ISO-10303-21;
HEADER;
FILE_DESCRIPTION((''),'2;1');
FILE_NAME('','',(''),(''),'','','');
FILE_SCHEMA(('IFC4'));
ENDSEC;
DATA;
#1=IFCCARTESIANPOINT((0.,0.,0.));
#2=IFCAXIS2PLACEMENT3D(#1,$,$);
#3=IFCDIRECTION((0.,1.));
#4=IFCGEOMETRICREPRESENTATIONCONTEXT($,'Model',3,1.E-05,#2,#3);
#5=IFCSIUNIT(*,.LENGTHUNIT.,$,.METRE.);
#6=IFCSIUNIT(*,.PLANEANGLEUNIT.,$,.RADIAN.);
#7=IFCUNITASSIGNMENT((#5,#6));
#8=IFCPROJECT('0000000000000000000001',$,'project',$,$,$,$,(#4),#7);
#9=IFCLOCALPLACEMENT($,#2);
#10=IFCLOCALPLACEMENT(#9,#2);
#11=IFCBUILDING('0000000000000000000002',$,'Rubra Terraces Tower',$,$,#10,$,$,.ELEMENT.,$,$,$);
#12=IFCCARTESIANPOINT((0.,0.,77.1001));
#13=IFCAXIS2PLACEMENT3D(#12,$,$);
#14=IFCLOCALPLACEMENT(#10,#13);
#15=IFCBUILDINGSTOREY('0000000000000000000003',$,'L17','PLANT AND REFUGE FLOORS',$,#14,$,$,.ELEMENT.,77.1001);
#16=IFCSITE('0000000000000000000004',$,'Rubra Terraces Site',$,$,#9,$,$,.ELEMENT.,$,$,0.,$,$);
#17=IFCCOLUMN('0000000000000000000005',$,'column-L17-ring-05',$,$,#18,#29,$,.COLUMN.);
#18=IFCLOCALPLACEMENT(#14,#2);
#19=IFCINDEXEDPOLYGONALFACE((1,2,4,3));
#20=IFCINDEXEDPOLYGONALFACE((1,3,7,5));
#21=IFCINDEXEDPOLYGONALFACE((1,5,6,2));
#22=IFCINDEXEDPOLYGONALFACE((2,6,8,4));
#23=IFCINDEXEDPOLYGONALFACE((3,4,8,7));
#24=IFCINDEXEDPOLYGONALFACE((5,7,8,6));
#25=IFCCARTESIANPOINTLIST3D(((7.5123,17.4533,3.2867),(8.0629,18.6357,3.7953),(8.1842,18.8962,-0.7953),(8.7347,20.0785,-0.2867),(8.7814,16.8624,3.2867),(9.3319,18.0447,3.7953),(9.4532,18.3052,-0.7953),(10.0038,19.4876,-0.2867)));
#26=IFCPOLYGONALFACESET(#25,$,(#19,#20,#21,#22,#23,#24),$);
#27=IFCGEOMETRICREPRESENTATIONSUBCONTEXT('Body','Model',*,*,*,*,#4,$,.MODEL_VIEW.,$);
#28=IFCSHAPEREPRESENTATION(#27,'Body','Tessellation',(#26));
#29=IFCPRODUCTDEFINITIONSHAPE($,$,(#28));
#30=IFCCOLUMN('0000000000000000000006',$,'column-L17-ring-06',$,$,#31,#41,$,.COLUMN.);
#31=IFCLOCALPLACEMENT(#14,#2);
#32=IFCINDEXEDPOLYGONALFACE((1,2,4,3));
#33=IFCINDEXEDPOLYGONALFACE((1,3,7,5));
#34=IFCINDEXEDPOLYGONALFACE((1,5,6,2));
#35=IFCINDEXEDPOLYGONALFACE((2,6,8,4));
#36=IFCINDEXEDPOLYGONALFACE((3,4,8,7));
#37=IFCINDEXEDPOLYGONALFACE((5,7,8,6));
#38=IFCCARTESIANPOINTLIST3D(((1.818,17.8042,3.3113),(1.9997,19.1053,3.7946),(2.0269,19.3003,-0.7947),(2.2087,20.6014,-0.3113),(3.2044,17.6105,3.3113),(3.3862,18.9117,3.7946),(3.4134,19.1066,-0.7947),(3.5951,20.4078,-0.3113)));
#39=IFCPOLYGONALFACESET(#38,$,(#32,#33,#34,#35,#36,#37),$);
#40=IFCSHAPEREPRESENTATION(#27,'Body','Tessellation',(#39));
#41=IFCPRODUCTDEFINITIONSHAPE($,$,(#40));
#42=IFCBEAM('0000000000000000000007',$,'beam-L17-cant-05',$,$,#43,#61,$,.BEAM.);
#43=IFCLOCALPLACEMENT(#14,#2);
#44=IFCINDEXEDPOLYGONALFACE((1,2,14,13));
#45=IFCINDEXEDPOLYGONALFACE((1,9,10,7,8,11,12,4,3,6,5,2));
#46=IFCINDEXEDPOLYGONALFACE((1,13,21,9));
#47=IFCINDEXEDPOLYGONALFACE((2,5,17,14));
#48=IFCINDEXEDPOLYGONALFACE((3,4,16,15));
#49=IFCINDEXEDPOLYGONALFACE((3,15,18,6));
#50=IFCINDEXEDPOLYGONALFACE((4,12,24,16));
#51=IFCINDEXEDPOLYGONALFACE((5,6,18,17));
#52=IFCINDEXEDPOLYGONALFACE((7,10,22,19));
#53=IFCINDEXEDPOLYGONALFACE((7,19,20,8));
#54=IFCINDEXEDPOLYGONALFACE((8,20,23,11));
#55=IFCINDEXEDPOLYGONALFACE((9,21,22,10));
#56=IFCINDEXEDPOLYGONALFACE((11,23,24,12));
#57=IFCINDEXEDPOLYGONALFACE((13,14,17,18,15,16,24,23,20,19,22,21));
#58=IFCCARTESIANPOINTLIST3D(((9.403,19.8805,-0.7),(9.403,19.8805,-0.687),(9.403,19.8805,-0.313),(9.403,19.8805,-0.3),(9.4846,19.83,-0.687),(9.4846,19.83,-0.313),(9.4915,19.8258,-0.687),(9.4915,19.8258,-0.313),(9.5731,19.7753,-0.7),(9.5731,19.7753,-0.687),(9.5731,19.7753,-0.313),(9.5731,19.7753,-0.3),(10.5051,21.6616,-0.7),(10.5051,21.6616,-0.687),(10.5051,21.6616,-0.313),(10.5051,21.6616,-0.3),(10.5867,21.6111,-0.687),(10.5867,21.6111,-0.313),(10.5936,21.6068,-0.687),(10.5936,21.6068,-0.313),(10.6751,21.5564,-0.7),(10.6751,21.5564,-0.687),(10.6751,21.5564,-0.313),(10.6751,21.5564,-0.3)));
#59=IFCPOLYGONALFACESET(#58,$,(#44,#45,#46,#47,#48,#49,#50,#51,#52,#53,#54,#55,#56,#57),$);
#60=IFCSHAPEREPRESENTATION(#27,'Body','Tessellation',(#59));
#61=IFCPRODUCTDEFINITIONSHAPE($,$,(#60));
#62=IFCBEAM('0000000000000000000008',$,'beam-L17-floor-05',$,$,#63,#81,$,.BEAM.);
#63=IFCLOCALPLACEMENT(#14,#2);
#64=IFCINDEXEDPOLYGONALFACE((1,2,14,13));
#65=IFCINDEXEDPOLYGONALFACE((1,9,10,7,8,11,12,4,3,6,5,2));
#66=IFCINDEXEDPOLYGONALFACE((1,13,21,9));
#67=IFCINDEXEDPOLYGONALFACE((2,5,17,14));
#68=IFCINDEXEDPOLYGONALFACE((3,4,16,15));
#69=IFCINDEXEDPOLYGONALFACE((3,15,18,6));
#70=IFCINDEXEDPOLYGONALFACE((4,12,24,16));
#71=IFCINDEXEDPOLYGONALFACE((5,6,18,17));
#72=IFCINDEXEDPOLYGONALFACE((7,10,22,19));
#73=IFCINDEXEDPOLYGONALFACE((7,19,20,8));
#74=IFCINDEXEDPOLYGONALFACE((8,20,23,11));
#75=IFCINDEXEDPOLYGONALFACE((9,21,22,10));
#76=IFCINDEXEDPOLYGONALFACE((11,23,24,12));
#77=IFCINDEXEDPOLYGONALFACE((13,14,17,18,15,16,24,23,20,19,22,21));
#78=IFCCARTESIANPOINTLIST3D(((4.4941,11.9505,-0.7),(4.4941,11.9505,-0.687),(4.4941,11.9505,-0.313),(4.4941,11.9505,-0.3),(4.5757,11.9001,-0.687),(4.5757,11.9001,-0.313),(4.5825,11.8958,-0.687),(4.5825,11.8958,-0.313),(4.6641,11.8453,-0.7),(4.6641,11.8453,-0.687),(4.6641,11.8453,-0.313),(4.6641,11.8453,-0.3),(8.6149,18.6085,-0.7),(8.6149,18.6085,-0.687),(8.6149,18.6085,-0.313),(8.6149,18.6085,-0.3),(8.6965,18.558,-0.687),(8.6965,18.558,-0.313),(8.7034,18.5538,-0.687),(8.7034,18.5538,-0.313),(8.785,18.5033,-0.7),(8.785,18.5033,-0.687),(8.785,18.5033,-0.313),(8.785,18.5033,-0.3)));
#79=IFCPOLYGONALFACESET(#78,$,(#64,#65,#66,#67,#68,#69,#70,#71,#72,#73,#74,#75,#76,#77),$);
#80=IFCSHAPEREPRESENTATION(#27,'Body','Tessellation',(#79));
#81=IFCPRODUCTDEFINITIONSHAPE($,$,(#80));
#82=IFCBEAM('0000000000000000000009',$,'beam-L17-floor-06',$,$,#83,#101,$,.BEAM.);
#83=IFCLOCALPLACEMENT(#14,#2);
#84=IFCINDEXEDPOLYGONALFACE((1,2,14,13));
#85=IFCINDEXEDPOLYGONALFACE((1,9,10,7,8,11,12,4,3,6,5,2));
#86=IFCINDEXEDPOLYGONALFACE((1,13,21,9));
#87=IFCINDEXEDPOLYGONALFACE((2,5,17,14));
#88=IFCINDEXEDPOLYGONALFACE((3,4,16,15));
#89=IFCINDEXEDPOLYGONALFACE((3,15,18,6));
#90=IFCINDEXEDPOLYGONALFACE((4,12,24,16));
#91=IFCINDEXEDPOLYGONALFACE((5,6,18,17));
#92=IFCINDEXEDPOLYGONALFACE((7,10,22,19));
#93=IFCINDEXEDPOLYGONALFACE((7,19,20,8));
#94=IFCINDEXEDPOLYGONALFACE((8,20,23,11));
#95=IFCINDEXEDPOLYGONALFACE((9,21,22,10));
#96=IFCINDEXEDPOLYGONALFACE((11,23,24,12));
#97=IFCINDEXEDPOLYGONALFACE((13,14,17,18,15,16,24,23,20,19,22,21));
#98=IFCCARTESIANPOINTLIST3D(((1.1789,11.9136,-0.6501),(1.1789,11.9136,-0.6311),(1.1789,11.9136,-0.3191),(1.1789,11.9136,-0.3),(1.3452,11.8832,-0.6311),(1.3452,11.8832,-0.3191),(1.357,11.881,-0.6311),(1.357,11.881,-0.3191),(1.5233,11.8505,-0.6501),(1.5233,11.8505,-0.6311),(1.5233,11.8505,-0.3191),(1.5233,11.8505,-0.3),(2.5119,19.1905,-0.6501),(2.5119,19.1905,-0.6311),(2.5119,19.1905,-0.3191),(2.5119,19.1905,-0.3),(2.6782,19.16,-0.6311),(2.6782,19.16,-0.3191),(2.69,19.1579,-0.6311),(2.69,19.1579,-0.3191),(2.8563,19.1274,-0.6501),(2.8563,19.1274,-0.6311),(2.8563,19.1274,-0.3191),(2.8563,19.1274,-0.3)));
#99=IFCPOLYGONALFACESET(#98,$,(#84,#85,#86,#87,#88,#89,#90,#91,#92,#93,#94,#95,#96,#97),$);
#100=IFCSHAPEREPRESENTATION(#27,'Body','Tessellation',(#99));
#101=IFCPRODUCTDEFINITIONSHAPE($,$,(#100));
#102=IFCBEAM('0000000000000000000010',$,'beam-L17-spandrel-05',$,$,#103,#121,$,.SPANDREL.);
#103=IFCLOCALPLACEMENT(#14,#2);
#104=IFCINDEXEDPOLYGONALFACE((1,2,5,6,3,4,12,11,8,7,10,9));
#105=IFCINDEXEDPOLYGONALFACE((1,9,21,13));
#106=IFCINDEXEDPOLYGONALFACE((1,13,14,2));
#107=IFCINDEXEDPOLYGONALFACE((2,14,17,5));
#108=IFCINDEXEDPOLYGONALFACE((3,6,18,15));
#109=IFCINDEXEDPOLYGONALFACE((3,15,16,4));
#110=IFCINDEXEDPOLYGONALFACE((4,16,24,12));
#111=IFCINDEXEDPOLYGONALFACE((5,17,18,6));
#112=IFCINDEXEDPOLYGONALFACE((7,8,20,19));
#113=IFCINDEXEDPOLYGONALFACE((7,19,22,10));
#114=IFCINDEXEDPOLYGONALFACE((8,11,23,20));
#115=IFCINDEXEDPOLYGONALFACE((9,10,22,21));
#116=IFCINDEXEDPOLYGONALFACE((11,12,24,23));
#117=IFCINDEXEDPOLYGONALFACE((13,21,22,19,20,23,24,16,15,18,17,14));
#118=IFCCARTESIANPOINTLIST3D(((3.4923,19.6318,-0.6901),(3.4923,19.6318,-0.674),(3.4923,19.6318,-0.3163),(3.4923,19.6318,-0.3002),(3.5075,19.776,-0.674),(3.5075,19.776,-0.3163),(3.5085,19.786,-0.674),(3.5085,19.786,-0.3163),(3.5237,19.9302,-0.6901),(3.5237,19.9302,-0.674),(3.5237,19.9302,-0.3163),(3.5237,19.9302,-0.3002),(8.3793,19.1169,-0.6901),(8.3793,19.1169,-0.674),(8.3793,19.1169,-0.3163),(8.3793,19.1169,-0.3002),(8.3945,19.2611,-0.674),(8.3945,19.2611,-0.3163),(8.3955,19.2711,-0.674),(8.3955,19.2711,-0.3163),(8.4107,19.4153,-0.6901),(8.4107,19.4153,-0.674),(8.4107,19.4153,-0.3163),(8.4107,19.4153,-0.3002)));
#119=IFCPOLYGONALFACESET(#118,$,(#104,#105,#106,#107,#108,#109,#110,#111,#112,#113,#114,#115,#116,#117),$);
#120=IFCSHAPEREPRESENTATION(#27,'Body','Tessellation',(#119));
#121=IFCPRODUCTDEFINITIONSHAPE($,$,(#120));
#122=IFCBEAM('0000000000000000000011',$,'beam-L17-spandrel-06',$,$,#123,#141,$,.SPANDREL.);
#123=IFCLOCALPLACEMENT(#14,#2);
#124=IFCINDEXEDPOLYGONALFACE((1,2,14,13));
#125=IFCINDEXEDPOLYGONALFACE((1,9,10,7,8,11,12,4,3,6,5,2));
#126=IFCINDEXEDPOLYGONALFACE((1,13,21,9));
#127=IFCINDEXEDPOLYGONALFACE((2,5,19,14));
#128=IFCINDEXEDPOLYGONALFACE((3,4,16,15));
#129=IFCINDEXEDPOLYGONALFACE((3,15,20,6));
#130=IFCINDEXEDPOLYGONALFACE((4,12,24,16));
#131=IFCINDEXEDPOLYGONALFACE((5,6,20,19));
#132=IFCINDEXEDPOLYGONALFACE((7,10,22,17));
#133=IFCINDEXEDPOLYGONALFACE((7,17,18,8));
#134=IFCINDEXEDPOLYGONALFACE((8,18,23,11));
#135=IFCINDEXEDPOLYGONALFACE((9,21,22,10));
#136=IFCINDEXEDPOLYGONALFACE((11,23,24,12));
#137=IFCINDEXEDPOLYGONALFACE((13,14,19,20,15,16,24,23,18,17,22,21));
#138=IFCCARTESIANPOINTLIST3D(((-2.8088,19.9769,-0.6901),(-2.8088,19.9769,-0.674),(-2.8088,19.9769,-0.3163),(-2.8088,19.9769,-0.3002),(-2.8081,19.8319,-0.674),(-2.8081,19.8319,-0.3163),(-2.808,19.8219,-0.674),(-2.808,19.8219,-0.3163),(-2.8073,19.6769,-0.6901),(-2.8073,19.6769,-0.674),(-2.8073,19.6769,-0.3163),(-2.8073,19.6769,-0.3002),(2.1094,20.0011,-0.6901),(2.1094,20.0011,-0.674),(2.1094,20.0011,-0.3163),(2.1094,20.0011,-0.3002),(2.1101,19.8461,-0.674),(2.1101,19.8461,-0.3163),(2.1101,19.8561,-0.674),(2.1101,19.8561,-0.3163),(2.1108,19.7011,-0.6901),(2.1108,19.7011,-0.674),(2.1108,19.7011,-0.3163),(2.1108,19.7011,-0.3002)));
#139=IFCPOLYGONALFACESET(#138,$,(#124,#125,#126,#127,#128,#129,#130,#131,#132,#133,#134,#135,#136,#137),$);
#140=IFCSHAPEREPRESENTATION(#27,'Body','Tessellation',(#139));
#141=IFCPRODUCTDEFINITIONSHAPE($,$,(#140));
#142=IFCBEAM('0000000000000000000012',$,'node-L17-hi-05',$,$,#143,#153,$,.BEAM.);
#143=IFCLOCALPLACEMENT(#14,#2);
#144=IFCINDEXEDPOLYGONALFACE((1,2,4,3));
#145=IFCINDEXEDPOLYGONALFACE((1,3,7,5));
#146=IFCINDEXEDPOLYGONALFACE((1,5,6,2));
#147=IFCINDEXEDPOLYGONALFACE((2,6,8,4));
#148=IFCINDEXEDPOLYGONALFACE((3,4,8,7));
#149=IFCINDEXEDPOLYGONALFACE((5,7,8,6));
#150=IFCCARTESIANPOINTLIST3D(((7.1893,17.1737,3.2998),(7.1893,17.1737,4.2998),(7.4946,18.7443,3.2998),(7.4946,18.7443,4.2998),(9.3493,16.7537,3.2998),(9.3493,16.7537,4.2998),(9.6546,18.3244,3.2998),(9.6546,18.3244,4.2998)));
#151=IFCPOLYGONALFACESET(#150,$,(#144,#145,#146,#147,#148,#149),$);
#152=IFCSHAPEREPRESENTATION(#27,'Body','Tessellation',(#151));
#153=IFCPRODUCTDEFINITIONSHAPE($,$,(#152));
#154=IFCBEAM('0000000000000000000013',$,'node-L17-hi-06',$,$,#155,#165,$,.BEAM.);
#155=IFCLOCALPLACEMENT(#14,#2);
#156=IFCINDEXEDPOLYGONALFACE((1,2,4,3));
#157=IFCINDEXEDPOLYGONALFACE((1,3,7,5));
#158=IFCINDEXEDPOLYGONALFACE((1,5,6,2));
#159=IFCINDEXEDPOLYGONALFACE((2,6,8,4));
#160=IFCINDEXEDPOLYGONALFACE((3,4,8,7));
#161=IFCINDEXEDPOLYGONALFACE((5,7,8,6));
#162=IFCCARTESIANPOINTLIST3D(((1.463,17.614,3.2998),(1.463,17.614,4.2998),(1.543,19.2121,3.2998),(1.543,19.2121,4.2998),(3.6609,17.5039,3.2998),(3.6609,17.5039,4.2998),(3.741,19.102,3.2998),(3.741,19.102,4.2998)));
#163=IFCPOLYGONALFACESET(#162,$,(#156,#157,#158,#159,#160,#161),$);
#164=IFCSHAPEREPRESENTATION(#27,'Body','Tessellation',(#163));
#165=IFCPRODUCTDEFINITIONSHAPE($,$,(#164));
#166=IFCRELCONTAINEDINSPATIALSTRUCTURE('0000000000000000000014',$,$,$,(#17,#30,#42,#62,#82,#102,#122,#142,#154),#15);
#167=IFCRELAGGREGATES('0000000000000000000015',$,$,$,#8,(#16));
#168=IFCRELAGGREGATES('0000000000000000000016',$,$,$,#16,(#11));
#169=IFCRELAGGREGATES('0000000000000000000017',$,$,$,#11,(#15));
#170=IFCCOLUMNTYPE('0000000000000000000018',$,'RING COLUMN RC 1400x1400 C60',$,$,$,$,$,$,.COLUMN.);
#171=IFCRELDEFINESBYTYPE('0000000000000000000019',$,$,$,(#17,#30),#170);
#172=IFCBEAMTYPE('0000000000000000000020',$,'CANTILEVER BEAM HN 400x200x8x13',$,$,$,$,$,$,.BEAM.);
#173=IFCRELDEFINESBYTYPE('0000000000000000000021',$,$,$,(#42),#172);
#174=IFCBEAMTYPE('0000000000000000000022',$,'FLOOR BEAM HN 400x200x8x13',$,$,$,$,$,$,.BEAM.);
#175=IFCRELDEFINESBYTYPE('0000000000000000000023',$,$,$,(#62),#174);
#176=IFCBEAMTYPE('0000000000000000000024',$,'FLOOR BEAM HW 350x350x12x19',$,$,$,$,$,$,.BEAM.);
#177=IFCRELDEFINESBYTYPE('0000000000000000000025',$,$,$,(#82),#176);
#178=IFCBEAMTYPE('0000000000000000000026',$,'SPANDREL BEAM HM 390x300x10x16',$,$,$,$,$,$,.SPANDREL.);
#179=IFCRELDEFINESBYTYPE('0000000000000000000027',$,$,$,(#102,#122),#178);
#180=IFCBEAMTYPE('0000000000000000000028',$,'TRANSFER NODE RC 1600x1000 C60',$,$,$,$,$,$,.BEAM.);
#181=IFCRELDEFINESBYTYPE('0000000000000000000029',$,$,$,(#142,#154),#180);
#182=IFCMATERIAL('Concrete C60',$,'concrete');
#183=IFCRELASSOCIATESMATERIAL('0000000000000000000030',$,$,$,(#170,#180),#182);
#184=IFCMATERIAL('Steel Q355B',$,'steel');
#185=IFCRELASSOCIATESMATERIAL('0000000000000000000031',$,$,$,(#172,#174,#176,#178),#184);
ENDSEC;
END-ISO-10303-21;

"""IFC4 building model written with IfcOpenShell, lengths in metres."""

from ifc_helpers import new_model, si_unit, direction, frame, origin, origin_2d, place, context, subcontext, project, spatial, rectangle, i_section, extrude, material, material_profile, profile_set, type_object, element, save


model = new_model("IFC4")

# Units and contexts
model_context = context("Model", 3, precision=1e-05, world=origin(), true_north=direction((0.0, 1.0)))
body_context = subcontext(model_context, "Body", "Model", "MODEL_VIEW")
ifc_project = project(units=[si_unit("LENGTHUNIT", "METRE"), si_unit("PLANEANGLEUNIT", "RADIAN")], contexts=[model_context])

# Site, building, storey
site_placement = place(None, origin())
site = spatial("IfcSite", under=ifc_project, at=site_placement, Name="Rubra Terraces Site", CompositionType="ELEMENT", RefElevation=0.0)
building_placement = place(site_placement, origin())
building = spatial("IfcBuilding", under=site, at=building_placement, Name="Rubra Terraces Tower", CompositionType="ELEMENT")
storey_placement = place(building_placement, frame((0.0, 0.0, 77.1001)))
storey = spatial("IfcBuildingStorey", under=building, at=storey_placement, Name="L17", Description="PLANT AND REFUGE FLOORS", CompositionType="ELEMENT", Elevation=77.1001)

# Columns
ifc_material_1 = material(Name="Concrete C60", Category="concrete")
ifc_material_profile_1 = material_profile(ifc_material_1, rectangle(XDim=1.3999, YDim=1.3999, at=origin_2d()), Name="RC 1400x1400")
ifc_profile_set_1 = profile_set([ifc_material_profile_1], Name="Concrete C60")
column_type = type_object("IfcColumnType", Name="RING COLUMN RC 1400x1400 C60", PredefinedType="COLUMN", material=ifc_profile_set_1)
column_1_placement = place(storey_placement, frame((9.094, 19.1919, -0.541), z_axis=(-0.153349, -0.329321, 0.931682), x_axis=(0.906536, -0.42213, 0.0)))
element("IfcColumn", 1, at=column_1_placement, inside=storey, type_object=column_type, Name="column-L17-ring-05", PredefinedType="COLUMN", context=body_context, shape_type="SweptSolid", body=[
    extrude(rectangle(XDim=1.3999, YDim=1.3999, at=origin_2d()), origin(), (0.0, 0.0, 1.0), 4.3813),
])
column_2_placement = place(storey_placement, frame((2.811, 19.854, -0.553), z_axis=(-0.047768, -0.341962, 0.938499), x_axis=(0.990384, -0.138343, 0.0)))
element("IfcColumn", 2, at=column_2_placement, inside=storey, type_object=column_type, Name="column-L17-ring-06", PredefinedType="COLUMN", context=body_context, shape_type="SweptSolid", body=[
    extrude(rectangle(XDim=1.3999, YDim=1.3999, at=origin_2d()), origin(), (0.0, 0.0, 1.0), 4.375),
])

# Beams
ifc_material_2 = material(Name="Steel Q355B", Category="steel")
ifc_material_profile_2 = material_profile(ifc_material_2, i_section(OverallWidth=0.2, OverallDepth=0.3999, WebThickness=0.0081, FlangeThickness=0.0129, at=origin_2d()), Name="HN 400x200x8x13")
ifc_profile_set_2 = profile_set([ifc_material_profile_2], Name="Steel Q355B")
beam_type_1 = type_object("IfcBeamType", Name="CANTILEVER BEAM HN 400x200x8x13", PredefinedType="BEAM", material=ifc_profile_set_2)
beam_1_placement = place(storey_placement, frame((9.488, 19.8279, -0.5), z_axis=(0.52619, 0.850367, 0.0), x_axis=(-0.850367, 0.52619, 0.0)))
element("IfcBeam", 3, at=beam_1_placement, inside=storey, type_object=beam_type_1, Name="beam-L17-cant-05", PredefinedType="BEAM", context=body_context, shape_type="SweptSolid", body=[
    extrude(i_section(OverallWidth=0.2, OverallDepth=0.3999, WebThickness=0.0081, FlangeThickness=0.0129, at=origin_2d()), origin(), (0.0, 0.0, 1.0), 2.0945),
])
ifc_material_profile_3 = material_profile(ifc_material_2, i_section(OverallWidth=0.2, OverallDepth=0.3999, WebThickness=0.0081, FlangeThickness=0.0129, at=origin_2d()), Name="HN 400x200x8x13")
ifc_profile_set_3 = profile_set([ifc_material_profile_3], Name="Steel Q355B")
beam_type_2 = type_object("IfcBeamType", Name="FLOOR BEAM HN 400x200x8x13", PredefinedType="BEAM", material=ifc_profile_set_3)
beam_2_placement = place(storey_placement, frame((8.7, 18.5559, -0.5), z_axis=(-0.526286, -0.850308, 0.0), x_axis=(0.850308, -0.526286, 0.0)))
element("IfcBeam", 4, at=beam_2_placement, inside=storey, type_object=beam_type_2, Name="beam-L17-floor-05", PredefinedType="BEAM", context=body_context, shape_type="SweptSolid", body=[
    extrude(i_section(OverallWidth=0.2, OverallDepth=0.3999, WebThickness=0.0081, FlangeThickness=0.0129, at=origin_2d()), origin(), (0.0, 0.0, 1.0), 7.8301),
])
ifc_material_profile_4 = material_profile(ifc_material_2, i_section(OverallWidth=0.3501, OverallDepth=0.3501, WebThickness=0.012, FlangeThickness=0.019, at=origin_2d()), Name="HW 350x350x12x19")
ifc_profile_set_4 = profile_set([ifc_material_profile_4], Name="Steel Q355B")
beam_type_3 = type_object("IfcBeamType", Name="FLOOR BEAM HW 350x350x12x19", PredefinedType="BEAM", material=ifc_profile_set_4)
beam_3_placement = place(storey_placement, frame((2.6841, 19.1589, -0.4751), z_axis=(-0.180186, -0.983632, 0.0), x_axis=(0.983632, -0.180186, 0.0)))
element("IfcBeam", 5, at=beam_3_placement, inside=storey, type_object=beam_type_3, Name="beam-L17-floor-06", PredefinedType="BEAM", context=body_context, shape_type="SweptSolid", body=[
    extrude(i_section(OverallWidth=0.3501, OverallDepth=0.3501, WebThickness=0.012, FlangeThickness=0.019, at=origin_2d()), origin(), (0.0, 0.0, 1.0), 7.3979),
])
ifc_material_profile_5 = material_profile(ifc_material_2, i_section(OverallWidth=0.3, OverallDepth=0.3899, WebThickness=0.01, FlangeThickness=0.0161, at=origin_2d()), Name="HM 390x300x10x16")
ifc_profile_set_5 = profile_set([ifc_material_profile_5], Name="Steel Q355B")
beam_type_4 = type_object("IfcBeamType", Name="SPANDREL BEAM HM 390x300x10x16", PredefinedType="SPANDREL", material=ifc_profile_set_5)
beam_4_placement = place(storey_placement, frame((8.395, 19.2661, -0.4951), z_axis=(-0.994495, 0.10478, 0.0), x_axis=(-0.10478, -0.994495, 0.0)))
element("IfcBeam", 6, at=beam_4_placement, inside=storey, type_object=beam_type_4, Name="beam-L17-spandrel-05", PredefinedType="SPANDREL", context=body_context, shape_type="SweptSolid", body=[
    extrude(i_section(OverallWidth=0.3, OverallDepth=0.3899, WebThickness=0.01, FlangeThickness=0.0161, at=origin_2d()), origin(), (0.0, 0.0, 1.0), 4.9141),
])
beam_5_placement = place(storey_placement, frame((2.1101, 19.8511, -0.4951), z_axis=(-0.999988, -0.004914, 0.0), x_axis=(0.004914, -0.999988, 0.0)))
element("IfcBeam", 7, at=beam_5_placement, inside=storey, type_object=beam_type_4, Name="beam-L17-spandrel-06", PredefinedType="SPANDREL", context=body_context, shape_type="SweptSolid", body=[
    extrude(i_section(OverallWidth=0.3, OverallDepth=0.3899, WebThickness=0.01, FlangeThickness=0.0161, at=origin_2d()), origin(), (0.0, 0.0, 1.0), 4.9182),
])
ifc_material_profile_6 = material_profile(ifc_material_1, rectangle(XDim=1.6001, YDim=1.0, at=origin_2d()), Name="RC 1600x1000")
ifc_profile_set_6 = profile_set([ifc_material_profile_6], Name="Concrete C60")
beam_type_5 = type_object("IfcBeamType", Name="TRANSFER NODE RC 1600x1000 C60", PredefinedType="BEAM", material=ifc_profile_set_6)
beam_6_placement = place(storey_placement, frame((9.502, 17.5391, 3.7998), z_axis=(-0.981621, 0.190843, 0.0), x_axis=(-0.190843, -0.981621, 0.0)))
element("IfcBeam", 8, at=beam_6_placement, inside=storey, type_object=beam_type_5, Name="node-L17-hi-05", PredefinedType="BEAM", context=body_context, shape_type="SweptSolid", body=[
    extrude(rectangle(XDim=1.6001, YDim=1.0, at=origin_2d()), origin(), (0.0, 0.0, 1.0), 2.2004),
])
beam_7_placement = place(storey_placement, frame((3.7009, 18.303, 3.7998), z_axis=(-0.998748, 0.050032, 0.0), x_axis=(-0.050032, -0.998748, 0.0)))
element("IfcBeam", 9, at=beam_7_placement, inside=storey, type_object=beam_type_5, Name="node-L17-hi-06", PredefinedType="BEAM", context=body_context, shape_type="SweptSolid", body=[
    extrude(rectangle(XDim=1.6001, YDim=1.0, at=origin_2d()), origin(), (0.0, 0.0, 1.0), 2.2007),
])

save(model, "model.ifc")
